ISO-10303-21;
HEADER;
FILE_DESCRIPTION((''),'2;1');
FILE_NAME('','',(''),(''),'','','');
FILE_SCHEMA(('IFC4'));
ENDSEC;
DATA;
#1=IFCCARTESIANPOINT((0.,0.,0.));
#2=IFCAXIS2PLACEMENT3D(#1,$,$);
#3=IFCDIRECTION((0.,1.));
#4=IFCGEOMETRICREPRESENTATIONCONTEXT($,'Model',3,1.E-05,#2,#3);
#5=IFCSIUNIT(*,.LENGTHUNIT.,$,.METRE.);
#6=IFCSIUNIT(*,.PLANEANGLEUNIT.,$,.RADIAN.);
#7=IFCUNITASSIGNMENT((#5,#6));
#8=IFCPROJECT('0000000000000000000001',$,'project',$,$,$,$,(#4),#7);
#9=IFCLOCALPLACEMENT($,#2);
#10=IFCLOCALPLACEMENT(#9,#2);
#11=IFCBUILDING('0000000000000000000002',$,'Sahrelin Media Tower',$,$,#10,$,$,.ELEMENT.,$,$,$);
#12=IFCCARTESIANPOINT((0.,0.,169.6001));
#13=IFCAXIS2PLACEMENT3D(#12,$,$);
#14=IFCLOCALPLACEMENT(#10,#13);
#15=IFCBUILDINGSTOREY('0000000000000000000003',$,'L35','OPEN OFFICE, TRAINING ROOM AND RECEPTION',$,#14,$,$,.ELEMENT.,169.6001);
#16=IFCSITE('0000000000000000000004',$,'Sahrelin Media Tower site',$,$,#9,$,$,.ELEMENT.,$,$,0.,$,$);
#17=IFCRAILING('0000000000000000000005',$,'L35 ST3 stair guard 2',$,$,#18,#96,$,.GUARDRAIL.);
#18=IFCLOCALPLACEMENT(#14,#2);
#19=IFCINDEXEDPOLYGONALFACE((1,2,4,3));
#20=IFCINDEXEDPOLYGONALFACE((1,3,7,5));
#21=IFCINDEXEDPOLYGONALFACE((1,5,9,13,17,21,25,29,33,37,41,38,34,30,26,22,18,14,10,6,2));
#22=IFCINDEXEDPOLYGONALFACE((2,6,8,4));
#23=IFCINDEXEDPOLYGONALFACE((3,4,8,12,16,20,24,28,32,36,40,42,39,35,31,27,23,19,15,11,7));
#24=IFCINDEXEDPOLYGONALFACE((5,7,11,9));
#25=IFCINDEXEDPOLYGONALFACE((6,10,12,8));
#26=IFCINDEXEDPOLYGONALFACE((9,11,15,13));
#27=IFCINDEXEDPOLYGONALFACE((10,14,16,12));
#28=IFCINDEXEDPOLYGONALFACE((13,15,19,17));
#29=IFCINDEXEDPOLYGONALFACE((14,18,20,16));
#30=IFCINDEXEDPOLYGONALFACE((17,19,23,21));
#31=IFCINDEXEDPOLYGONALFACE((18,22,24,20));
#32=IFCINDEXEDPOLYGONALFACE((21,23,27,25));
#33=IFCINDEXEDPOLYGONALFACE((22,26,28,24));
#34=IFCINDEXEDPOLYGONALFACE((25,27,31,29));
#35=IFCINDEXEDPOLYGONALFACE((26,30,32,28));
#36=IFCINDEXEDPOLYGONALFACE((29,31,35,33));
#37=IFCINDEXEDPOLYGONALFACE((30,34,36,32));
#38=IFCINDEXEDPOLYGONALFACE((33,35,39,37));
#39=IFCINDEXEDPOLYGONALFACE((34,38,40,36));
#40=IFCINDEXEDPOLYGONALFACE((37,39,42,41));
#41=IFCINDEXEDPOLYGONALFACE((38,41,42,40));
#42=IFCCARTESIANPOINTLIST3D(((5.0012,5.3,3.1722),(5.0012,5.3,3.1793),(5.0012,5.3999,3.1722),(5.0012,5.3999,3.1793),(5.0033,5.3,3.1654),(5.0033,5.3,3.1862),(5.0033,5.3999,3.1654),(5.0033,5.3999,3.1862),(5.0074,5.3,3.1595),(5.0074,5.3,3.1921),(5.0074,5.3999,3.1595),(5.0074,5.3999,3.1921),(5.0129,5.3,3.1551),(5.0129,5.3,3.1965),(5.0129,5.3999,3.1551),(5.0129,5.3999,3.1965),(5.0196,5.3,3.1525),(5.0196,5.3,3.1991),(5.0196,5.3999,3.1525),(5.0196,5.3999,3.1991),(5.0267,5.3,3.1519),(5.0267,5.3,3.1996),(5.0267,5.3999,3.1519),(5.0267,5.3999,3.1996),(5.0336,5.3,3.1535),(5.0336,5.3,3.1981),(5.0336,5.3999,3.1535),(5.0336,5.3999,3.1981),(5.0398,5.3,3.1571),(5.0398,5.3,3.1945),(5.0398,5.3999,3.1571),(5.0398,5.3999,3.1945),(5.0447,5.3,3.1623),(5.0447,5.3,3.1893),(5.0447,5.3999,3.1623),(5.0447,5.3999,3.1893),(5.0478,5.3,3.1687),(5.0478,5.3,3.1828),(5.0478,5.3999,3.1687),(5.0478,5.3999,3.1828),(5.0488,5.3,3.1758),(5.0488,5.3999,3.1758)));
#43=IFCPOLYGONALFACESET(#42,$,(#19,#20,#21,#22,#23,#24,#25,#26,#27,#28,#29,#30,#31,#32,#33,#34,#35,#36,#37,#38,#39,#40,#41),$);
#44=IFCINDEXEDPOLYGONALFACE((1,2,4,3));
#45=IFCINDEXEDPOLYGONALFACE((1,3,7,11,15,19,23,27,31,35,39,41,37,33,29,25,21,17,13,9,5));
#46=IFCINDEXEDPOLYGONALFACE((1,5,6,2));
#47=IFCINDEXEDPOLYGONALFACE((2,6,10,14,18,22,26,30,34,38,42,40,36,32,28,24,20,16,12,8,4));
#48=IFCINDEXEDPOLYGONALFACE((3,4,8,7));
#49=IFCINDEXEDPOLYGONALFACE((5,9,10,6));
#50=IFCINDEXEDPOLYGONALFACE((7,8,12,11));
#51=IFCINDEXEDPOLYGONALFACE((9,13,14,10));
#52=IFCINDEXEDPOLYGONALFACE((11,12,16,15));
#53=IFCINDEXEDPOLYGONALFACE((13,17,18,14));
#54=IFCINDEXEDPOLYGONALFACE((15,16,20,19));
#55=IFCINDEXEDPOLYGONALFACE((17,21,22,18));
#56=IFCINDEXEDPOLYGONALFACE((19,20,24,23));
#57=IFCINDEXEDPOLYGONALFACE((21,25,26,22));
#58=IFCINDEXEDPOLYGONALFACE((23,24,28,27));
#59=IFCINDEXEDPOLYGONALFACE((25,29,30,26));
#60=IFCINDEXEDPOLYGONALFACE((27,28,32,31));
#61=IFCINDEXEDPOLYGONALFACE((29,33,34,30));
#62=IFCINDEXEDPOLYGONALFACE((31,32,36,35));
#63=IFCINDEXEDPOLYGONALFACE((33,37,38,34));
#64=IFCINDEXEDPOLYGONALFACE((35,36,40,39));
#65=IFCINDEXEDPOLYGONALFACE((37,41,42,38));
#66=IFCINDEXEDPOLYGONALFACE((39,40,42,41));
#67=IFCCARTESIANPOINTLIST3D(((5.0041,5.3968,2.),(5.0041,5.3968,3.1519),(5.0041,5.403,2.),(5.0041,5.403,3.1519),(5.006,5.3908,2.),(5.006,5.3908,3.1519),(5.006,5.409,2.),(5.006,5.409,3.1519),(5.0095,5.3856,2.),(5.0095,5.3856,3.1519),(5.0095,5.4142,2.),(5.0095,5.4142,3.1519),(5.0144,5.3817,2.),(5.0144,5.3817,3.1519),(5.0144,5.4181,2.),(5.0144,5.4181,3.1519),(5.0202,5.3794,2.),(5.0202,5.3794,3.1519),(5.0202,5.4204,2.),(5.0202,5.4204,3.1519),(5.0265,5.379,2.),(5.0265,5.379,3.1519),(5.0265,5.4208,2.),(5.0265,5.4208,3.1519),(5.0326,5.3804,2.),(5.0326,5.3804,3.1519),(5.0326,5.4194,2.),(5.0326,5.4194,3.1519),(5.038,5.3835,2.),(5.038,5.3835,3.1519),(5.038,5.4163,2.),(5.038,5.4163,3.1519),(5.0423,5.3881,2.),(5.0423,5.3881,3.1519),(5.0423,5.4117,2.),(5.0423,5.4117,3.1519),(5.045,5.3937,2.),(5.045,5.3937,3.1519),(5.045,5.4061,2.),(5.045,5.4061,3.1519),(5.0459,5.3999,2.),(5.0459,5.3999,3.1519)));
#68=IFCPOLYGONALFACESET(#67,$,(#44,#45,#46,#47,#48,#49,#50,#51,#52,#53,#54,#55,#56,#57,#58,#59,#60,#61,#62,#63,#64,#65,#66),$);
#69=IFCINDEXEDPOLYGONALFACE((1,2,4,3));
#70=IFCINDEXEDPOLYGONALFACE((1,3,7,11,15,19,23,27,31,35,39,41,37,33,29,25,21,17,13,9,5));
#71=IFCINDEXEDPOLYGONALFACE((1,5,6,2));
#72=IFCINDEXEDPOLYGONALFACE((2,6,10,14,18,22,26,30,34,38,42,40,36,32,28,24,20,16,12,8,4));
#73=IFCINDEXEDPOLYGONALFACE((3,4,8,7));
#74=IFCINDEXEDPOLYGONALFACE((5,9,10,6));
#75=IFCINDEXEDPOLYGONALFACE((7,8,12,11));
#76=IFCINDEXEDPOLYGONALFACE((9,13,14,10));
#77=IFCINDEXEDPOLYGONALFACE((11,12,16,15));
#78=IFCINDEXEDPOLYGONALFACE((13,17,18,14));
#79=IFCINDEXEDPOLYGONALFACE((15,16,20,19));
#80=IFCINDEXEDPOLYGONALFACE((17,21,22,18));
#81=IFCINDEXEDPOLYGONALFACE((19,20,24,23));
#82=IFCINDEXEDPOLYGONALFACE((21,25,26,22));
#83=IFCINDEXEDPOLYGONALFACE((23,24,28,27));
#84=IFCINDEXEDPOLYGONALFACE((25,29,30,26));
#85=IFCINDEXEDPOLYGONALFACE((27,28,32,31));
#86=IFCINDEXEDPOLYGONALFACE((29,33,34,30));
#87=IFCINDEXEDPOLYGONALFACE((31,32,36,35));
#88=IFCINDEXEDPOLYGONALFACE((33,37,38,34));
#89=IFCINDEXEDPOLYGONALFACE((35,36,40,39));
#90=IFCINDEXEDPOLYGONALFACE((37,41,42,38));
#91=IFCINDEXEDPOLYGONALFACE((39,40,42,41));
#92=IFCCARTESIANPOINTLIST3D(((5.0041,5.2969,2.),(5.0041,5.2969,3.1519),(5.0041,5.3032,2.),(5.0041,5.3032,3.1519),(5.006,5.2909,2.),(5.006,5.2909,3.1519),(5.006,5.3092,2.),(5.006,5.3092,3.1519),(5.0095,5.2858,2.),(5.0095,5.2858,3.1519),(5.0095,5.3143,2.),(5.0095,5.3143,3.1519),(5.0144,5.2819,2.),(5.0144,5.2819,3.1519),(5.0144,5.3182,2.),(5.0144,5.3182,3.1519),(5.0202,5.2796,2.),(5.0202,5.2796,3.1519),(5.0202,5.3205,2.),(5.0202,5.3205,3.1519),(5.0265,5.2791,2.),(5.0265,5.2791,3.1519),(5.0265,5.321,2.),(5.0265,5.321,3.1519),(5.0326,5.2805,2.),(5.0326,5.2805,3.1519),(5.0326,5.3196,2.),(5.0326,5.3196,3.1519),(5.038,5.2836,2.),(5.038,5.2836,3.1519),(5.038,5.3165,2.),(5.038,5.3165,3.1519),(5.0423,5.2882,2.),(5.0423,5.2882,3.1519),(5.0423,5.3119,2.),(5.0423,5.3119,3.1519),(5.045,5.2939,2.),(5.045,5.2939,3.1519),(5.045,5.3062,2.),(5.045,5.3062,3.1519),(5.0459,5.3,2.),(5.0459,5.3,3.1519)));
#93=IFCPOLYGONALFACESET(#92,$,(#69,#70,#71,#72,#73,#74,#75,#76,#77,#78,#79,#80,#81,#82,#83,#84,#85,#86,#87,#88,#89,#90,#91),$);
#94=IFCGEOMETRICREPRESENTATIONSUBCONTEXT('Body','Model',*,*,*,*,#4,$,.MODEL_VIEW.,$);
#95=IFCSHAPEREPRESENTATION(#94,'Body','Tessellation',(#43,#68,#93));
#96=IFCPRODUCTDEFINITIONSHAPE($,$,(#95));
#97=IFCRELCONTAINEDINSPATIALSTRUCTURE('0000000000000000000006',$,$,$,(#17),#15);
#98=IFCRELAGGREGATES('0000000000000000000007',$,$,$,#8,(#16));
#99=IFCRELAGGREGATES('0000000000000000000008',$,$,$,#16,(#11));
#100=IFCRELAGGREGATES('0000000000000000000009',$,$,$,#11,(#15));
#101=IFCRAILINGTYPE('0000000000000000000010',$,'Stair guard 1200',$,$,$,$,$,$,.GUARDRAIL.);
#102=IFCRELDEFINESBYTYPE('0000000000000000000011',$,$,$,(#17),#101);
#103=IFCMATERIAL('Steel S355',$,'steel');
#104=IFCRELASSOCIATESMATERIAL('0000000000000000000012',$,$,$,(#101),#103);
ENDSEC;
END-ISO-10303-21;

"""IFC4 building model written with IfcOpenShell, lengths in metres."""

from ifc_helpers import new_model, si_unit, direction, frame, origin, origin_2d, place, context, subcontext, project, spatial, circle, extrude, material, type_object, element, save


model = new_model("IFC4")

# Units and contexts
model_context = context("Model", 3, precision=1e-05, world=origin(), true_north=direction((0.0, 1.0)))
body_context = subcontext(model_context, "Body", "Model", "MODEL_VIEW")
ifc_project = project(units=[si_unit("LENGTHUNIT", "METRE"), si_unit("PLANEANGLEUNIT", "RADIAN")], contexts=[model_context])

# Site, building, storey
site_placement = place(None, origin())
site = spatial("IfcSite", under=ifc_project, at=site_placement, Name="Sahrelin Media Tower site", CompositionType="ELEMENT", RefElevation=0.0)
building_placement = place(site_placement, origin())
building = spatial("IfcBuilding", under=site, at=building_placement, Name="Sahrelin Media Tower", CompositionType="ELEMENT")
storey_placement = place(building_placement, frame((0.0, 0.0, 169.6001)))
storey = spatial("IfcBuildingStorey", under=building, at=storey_placement, Name="L35", Description="OPEN OFFICE, TRAINING ROOM AND RECEPTION", CompositionType="ELEMENT", Elevation=169.6001)

# Shared definitions
ifc_material_1 = material(Name="Steel S355", Category="steel")

# Railing
railing_type_1 = type_object("IfcRailingType", Name="Stair guard 1200", PredefinedType="GUARDRAIL", material=ifc_material_1)
railing_1_placement = place(storey_placement, frame((5.0249, 5.3999, 2.0)))
element("IfcRailing", 1, at=railing_1_placement, inside=storey, type_object=railing_type_1, Name="L35 ST3 stair guard 2", PredefinedType="GUARDRAIL", context=body_context, shape_type="SweptSolid", body=[
    extrude(circle(Radius=0.0239, at=origin_2d()), frame((0.0, 0.0, 1.1758), z_axis=(0.0, -1.0, 0.0), x_axis=(1.0, 0.0, 0.0)), (0.0, 0.0, 1.0), 0.0999),
    extrude(circle(Radius=0.021, at=origin_2d()), origin(), (0.0, 0.0, 1.0), 1.1519),
    extrude(circle(Radius=0.021, at=origin_2d()), frame((0.0, -0.0999, 0.0)), (0.0, 0.0, 1.0), 1.1519),
])

save(model, "model.ifc")
